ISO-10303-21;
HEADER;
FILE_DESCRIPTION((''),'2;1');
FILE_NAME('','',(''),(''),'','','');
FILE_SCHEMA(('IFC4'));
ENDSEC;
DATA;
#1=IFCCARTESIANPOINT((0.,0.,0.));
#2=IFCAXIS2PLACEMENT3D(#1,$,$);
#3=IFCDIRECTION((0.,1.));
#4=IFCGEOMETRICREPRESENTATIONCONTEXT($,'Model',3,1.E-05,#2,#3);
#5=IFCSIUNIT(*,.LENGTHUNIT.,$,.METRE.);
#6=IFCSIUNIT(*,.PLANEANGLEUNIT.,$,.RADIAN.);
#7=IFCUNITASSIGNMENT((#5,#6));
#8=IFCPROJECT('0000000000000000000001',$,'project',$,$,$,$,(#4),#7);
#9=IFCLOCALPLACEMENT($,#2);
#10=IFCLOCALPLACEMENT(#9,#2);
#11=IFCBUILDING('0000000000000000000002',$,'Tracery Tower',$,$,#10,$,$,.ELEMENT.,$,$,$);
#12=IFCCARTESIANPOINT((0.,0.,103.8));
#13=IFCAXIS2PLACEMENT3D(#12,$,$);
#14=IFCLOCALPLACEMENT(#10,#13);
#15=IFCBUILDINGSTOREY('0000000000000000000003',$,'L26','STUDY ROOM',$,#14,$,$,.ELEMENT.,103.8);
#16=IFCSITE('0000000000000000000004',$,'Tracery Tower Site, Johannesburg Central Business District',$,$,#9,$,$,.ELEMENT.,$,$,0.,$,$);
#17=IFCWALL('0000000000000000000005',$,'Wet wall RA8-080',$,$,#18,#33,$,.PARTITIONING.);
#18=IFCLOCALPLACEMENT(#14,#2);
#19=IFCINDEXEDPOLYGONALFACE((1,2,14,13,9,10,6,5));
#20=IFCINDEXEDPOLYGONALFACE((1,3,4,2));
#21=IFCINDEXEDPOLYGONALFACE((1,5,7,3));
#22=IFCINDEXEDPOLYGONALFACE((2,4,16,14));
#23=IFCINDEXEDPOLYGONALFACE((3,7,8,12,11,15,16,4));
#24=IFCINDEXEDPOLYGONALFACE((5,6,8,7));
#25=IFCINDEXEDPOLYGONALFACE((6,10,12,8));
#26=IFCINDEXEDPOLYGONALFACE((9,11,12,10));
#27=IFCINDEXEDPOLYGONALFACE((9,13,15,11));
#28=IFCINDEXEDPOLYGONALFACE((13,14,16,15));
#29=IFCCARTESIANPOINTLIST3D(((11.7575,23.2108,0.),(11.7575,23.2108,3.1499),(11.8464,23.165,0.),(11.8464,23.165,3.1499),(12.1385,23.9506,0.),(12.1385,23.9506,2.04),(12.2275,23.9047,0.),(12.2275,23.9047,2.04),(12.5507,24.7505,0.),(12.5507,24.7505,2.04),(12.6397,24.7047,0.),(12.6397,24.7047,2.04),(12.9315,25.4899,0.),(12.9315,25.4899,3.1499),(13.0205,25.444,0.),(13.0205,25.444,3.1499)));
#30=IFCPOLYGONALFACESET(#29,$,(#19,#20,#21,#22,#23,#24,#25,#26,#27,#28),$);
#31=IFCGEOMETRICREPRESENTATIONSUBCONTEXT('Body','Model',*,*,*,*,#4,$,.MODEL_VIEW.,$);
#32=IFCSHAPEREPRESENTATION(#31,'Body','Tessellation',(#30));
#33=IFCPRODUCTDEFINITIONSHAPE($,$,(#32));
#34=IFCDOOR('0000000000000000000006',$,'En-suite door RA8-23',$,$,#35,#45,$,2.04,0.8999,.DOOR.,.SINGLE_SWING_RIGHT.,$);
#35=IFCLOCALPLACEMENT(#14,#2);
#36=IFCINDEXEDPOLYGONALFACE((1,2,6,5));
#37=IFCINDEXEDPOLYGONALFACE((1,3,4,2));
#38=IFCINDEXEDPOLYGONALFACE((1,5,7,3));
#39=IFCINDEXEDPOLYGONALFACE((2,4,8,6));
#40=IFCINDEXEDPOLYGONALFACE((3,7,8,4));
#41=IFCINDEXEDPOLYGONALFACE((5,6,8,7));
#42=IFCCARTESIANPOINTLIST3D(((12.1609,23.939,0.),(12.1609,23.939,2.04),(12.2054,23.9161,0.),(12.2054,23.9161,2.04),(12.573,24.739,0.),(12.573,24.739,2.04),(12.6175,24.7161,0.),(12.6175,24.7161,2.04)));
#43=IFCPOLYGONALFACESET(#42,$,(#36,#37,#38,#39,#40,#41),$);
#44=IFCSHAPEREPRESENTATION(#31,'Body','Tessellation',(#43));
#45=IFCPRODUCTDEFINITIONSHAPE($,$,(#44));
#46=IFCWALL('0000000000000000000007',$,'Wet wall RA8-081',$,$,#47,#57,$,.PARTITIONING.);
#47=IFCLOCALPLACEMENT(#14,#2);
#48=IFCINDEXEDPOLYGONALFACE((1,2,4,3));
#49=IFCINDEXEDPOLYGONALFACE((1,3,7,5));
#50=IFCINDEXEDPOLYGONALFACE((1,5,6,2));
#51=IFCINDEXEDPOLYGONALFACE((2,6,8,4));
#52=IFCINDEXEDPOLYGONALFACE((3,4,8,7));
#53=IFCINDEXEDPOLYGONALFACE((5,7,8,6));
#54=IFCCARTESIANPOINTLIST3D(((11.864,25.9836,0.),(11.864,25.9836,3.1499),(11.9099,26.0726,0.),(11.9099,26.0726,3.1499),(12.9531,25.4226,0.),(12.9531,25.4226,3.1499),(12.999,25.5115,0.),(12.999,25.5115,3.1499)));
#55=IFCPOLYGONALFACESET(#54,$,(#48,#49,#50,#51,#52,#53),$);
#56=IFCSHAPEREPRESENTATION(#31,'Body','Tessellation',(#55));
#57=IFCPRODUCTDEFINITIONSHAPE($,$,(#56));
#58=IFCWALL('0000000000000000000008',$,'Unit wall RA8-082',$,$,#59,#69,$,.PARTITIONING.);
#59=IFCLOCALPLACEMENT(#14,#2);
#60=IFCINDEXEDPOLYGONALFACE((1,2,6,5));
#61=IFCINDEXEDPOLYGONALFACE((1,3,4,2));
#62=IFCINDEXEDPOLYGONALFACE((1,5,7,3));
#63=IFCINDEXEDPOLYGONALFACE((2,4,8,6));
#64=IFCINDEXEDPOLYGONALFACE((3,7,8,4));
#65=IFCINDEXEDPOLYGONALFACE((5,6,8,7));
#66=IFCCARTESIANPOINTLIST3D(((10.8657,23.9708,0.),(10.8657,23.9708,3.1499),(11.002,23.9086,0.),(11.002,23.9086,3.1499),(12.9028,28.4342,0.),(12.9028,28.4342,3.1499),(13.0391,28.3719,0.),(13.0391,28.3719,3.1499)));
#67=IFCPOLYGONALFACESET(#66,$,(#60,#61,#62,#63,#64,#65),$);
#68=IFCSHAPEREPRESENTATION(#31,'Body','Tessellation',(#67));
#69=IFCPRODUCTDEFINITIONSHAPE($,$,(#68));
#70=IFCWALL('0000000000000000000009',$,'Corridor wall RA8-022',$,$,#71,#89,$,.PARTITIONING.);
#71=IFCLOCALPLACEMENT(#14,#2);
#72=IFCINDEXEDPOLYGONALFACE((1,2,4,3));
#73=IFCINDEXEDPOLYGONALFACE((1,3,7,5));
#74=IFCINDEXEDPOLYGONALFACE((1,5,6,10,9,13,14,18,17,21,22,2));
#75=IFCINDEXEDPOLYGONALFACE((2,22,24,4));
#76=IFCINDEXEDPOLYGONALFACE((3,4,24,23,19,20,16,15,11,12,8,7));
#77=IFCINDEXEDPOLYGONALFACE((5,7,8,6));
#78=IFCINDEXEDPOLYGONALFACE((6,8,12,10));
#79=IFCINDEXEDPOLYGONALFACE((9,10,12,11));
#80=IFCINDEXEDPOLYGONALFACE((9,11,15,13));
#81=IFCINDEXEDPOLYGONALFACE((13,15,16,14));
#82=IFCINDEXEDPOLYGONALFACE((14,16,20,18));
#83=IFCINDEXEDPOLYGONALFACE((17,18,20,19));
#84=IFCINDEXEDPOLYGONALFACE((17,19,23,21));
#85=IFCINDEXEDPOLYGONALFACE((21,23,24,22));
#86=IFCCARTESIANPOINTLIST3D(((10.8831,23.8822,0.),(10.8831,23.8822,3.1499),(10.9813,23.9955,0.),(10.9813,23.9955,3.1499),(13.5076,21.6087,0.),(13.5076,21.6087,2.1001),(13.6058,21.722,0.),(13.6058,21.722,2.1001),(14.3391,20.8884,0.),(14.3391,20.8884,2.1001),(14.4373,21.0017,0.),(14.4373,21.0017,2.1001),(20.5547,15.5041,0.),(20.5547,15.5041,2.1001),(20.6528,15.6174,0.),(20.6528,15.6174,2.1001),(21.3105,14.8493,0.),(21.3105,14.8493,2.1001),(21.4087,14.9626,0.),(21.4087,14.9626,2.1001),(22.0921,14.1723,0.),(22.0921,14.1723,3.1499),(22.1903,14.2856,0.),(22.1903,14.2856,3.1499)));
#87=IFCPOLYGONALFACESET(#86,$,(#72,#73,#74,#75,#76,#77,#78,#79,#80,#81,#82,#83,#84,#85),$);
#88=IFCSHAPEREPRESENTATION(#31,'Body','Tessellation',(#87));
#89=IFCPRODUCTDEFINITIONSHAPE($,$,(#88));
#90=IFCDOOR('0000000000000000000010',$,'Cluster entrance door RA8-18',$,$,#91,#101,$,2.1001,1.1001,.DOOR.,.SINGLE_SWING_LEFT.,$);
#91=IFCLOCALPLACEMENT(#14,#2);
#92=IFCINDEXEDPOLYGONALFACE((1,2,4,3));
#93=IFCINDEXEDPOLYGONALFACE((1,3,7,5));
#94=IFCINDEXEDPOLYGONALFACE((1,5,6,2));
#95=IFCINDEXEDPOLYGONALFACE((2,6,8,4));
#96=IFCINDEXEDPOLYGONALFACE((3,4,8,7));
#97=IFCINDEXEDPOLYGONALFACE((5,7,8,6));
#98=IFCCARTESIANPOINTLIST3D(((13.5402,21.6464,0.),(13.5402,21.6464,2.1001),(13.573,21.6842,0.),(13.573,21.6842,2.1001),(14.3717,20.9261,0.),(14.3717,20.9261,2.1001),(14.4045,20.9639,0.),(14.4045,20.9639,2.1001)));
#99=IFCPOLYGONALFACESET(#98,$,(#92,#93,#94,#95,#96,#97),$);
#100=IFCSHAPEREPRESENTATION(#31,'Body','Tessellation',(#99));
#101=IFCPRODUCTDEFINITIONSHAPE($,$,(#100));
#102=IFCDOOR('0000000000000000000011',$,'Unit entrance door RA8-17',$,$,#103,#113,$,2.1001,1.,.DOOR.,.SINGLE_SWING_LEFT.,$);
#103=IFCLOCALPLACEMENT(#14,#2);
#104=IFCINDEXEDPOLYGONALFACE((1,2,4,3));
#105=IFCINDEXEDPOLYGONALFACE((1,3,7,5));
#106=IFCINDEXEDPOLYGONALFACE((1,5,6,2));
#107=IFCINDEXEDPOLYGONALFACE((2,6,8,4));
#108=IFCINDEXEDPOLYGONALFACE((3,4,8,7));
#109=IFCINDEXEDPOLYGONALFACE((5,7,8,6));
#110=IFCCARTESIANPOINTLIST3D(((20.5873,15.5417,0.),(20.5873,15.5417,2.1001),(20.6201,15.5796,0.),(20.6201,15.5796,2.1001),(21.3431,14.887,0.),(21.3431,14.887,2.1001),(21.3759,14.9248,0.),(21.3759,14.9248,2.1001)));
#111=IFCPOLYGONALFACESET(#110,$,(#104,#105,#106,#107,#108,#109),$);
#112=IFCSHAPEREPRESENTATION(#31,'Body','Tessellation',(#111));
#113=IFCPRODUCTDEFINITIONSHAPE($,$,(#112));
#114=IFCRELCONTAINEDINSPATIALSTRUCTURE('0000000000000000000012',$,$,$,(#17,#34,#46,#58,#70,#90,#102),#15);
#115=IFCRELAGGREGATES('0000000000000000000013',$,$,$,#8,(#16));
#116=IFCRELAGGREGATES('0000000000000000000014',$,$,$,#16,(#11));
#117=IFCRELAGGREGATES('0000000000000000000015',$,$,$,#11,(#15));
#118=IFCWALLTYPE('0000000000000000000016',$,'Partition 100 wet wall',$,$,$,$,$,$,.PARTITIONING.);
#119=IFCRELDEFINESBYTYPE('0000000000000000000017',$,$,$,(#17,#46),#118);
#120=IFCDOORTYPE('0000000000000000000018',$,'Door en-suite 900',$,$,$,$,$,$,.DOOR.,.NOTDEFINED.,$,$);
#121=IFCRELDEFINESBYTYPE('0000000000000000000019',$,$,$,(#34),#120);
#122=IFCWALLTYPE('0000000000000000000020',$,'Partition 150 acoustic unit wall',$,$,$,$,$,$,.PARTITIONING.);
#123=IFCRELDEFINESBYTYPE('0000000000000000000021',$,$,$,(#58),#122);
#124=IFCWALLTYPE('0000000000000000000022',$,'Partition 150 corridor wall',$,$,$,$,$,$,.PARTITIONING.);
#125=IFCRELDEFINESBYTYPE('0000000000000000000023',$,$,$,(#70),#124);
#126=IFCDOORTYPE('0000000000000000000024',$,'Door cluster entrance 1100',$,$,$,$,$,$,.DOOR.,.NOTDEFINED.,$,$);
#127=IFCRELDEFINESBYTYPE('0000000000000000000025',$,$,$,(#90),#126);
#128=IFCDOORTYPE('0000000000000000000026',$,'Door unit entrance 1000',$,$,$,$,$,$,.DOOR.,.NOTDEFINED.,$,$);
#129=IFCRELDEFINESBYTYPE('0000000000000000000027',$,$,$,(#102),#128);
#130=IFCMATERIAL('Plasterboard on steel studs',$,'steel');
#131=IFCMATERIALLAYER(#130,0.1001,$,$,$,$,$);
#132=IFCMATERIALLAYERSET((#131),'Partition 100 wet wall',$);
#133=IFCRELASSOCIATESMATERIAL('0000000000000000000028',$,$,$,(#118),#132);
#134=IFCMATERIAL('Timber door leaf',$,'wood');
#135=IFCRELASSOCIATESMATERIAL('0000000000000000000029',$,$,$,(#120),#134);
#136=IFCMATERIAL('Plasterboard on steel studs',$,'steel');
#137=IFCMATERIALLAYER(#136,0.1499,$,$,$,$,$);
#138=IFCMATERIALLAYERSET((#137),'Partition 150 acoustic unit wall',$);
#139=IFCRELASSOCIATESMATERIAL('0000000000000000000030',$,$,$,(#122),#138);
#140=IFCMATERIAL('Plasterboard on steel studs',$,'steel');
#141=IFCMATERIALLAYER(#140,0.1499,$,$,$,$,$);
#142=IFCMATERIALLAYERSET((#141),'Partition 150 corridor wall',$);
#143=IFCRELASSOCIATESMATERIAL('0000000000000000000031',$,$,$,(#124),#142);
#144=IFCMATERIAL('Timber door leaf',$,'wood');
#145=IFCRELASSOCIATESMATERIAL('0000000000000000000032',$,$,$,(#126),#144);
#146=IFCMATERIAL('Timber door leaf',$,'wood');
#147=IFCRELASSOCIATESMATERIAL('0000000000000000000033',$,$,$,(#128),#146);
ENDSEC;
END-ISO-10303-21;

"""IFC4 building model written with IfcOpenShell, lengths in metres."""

from ifc_helpers import new_model, si_unit, direction, frame, frame_2d, origin, place, context, subcontext, project, spatial, rectangle, extrude, material, layer, layer_set, type_object, element, fill, save


model = new_model("IFC4")

# Units and contexts
model_context = context("Model", 3, precision=1e-05, world=origin(), true_north=direction((0.0, 1.0)))
body_context = subcontext(model_context, "Body", "Model", "MODEL_VIEW")
ifc_project = project(units=[si_unit("LENGTHUNIT", "METRE"), si_unit("PLANEANGLEUNIT", "RADIAN")], contexts=[model_context])

# Site, building, storey
site_placement = place(None, origin())
site = spatial("IfcSite", under=ifc_project, at=site_placement, Name="Tracery Tower Site, Johannesburg Central Business District", CompositionType="ELEMENT", RefElevation=0.0)
building_placement = place(site_placement, origin())
building = spatial("IfcBuilding", under=site, at=building_placement, Name="Tracery Tower", CompositionType="ELEMENT")
storey_placement = place(building_placement, frame((0.0, 0.0, 103.8)))
storey = spatial("IfcBuildingStorey", under=building, at=storey_placement, Name="L26", Description="STUDY ROOM", CompositionType="ELEMENT", Elevation=103.8)

# Wall, opening, door
ifc_material_1 = material(Name="Plasterboard on steel studs", Category="steel")
ifc_layer_1 = layer(ifc_material_1, 0.1001)
ifc_layer_set_1 = layer_set([ifc_layer_1], Name="Partition 100 wet wall")
wall_type_1 = type_object("IfcWallType", Name="Partition 100 wet wall", PredefinedType="PARTITIONING", material=ifc_layer_set_1)
wall_1_placement = place(storey_placement, frame((11.802, 23.188, 0.0), z_axis=(0.0, 0.0, 1.0), x_axis=(0.457961, 0.888972, 0.0)))
wall_1 = element("IfcWall", 1, at=wall_1_placement, inside=storey, type_object=wall_type_1, Name="Wet wall RA8-080", PredefinedType="PARTITIONING", context=body_context, shape_type="SweptSolid", body=[
    extrude(rectangle(XDim=2.5637, YDim=0.1001, at=frame_2d((1.2817, 0.0))), origin(), (0.0, 0.0, 1.0), 3.1499),
])
opening_1_placement = place(wall_1_placement, frame((0.832, 0.0, 0.0)))
opening_1 = element("IfcOpeningElement", 2, at=opening_1_placement, cuts=wall_1, PredefinedType="OPENING", context=body_context, shape_type="SweptSolid", body=[
    extrude(rectangle(XDim=0.8999, YDim=2.04, at=frame_2d((0.45, 1.02))), frame((0.0, 0.05, 0.0), z_axis=(0.0, -1.0, 0.0), x_axis=(1.0, 0.0, 0.0)), (0.0, 0.0, 1.0), 0.1001),
])
ifc_material_2 = material(Name="Timber door leaf", Category="wood")
door_type_1 = type_object("IfcDoorType", Name="Door en-suite 900", OperationType="NOTDEFINED", PredefinedType="DOOR", material=ifc_material_2)
door_1_placement = place(opening_1_placement, origin())
door_1 = element("IfcDoor", 3, at=door_1_placement, inside=storey, type_object=door_type_1, Name="En-suite door RA8-23", OperationType="SINGLE_SWING_RIGHT", OverallHeight=2.04, OverallWidth=0.8999, PredefinedType="DOOR", context=body_context, shape_type="SweptSolid", body=[
    extrude(rectangle(XDim=0.8999, YDim=2.04, at=frame_2d((0.45, 1.02))), frame((0.0, 0.0249, 0.0), z_axis=(0.0, -1.0, 0.0), x_axis=(1.0, 0.0, 0.0)), (0.0, 0.0, 1.0), 0.05),
])
fill(opening_1, door_1)

# Walls
wall_2_placement = place(storey_placement, frame((11.887, 26.0281, 0.0), z_axis=(0.0, 0.0, 1.0), x_axis=(0.888982, -0.457942, 0.0)))
element("IfcWall", 4, at=wall_2_placement, inside=storey, type_object=wall_type_1, Name="Wet wall RA8-081", PredefinedType="PARTITIONING", context=body_context, shape_type="SweptSolid", body=[
    extrude(rectangle(XDim=1.2251, YDim=0.1001, at=frame_2d((0.6125, 0.0))), origin(), (0.0, 0.0, 1.0), 3.1499),
])
ifc_material_3 = material(Name="Plasterboard on steel studs", Category="steel")
ifc_layer_2 = layer(ifc_material_3, 0.1499)
ifc_layer_set_2 = layer_set([ifc_layer_2], Name="Partition 150 acoustic unit wall")
wall_type_2 = type_object("IfcWallType", Name="Partition 150 acoustic unit wall", PredefinedType="PARTITIONING", material=ifc_layer_set_2)
wall_3_placement = place(storey_placement, frame((10.9338, 23.9397, 0.0), z_axis=(0.0, 0.0, 1.0), x_axis=(0.415205, 0.909728, 0.0)))
element("IfcWall", 5, at=wall_3_placement, inside=storey, type_object=wall_type_2, Name="Unit wall RA8-082", PredefinedType="PARTITIONING", context=body_context, shape_type="SweptSolid", body=[
    extrude(rectangle(XDim=4.9062, YDim=0.1499, at=frame_2d((2.4531, 0.0))), origin(), (0.0, 0.0, 1.0), 3.1499),
])

# Wall, openings, doors
ifc_material_4 = material(Name="Plasterboard on steel studs", Category="steel")
ifc_layer_3 = layer(ifc_material_4, 0.1499)
ifc_layer_set_3 = layer_set([ifc_layer_3], Name="Partition 150 corridor wall")
wall_type_3 = type_object("IfcWallType", Name="Partition 150 corridor wall", PredefinedType="PARTITIONING", material=ifc_layer_set_3)
wall_4_placement = place(storey_placement, frame((10.9321, 23.939, 0.0), z_axis=(0.0, 0.0, 1.0), x_axis=(0.755839, -0.654758, 0.0)))
wall_4 = element("IfcWall", 6, at=wall_4_placement, inside=storey, type_object=wall_type_3, Name="Corridor wall RA8-022", PredefinedType="PARTITIONING", context=body_context, shape_type="SweptSolid", body=[
    extrude(rectangle(XDim=14.8298, YDim=0.1499, at=frame_2d((7.415, 0.0))), origin(), (0.0, 0.0, 1.0), 3.1499),
])
opening_2_placement = place(wall_4_placement, frame((12.7959, 0.0, 0.0)))
opening_2 = element("IfcOpeningElement", 7, at=opening_2_placement, cuts=wall_4, PredefinedType="OPENING", context=body_context, shape_type="SweptSolid", body=[
    extrude(rectangle(XDim=1.0, YDim=2.1001, at=frame_2d((0.5, 1.05))), frame((0.0, 0.075, 0.0), z_axis=(0.0, -1.0, 0.0), x_axis=(1.0, 0.0, 0.0)), (0.0, 0.0, 1.0), 0.1499),
])
opening_3_placement = place(wall_4_placement, frame((3.4724, 0.0, 0.0)))
opening_3 = element("IfcOpeningElement", 8, at=opening_3_placement, cuts=wall_4, PredefinedType="OPENING", context=body_context, shape_type="SweptSolid", body=[
    extrude(rectangle(XDim=1.1001, YDim=2.1001, at=frame_2d((0.55, 1.05))), frame((0.0, 0.075, 0.0), z_axis=(0.0, -1.0, 0.0), x_axis=(1.0, 0.0, 0.0)), (0.0, 0.0, 1.0), 0.1499),
])
ifc_material_5 = material(Name="Timber door leaf", Category="wood")
door_type_2 = type_object("IfcDoorType", Name="Door cluster entrance 1100", OperationType="NOTDEFINED", PredefinedType="DOOR", material=ifc_material_5)
door_2_placement = place(opening_3_placement, origin())
door_2 = element("IfcDoor", 9, at=door_2_placement, inside=storey, type_object=door_type_2, Name="Cluster entrance door RA8-18", OperationType="SINGLE_SWING_LEFT", OverallHeight=2.1001, OverallWidth=1.1001, PredefinedType="DOOR", context=body_context, shape_type="SweptSolid", body=[
    extrude(rectangle(XDim=1.1001, YDim=2.1001, at=frame_2d((0.55, 1.05))), frame((0.0, 0.0249, 0.0), z_axis=(0.0, -1.0, 0.0), x_axis=(1.0, 0.0, 0.0)), (0.0, 0.0, 1.0), 0.05),
])
fill(opening_3, door_2)
ifc_material_6 = material(Name="Timber door leaf", Category="wood")
door_type_3 = type_object("IfcDoorType", Name="Door unit entrance 1000", OperationType="NOTDEFINED", PredefinedType="DOOR", material=ifc_material_6)
door_3_placement = place(opening_2_placement, origin())
door_3 = element("IfcDoor", 10, at=door_3_placement, inside=storey, type_object=door_type_3, Name="Unit entrance door RA8-17", OperationType="SINGLE_SWING_LEFT", OverallHeight=2.1001, OverallWidth=1.0, PredefinedType="DOOR", context=body_context, shape_type="SweptSolid", body=[
    extrude(rectangle(XDim=1.0, YDim=2.1001, at=frame_2d((0.5, 1.05))), frame((0.0, 0.0249, 0.0), z_axis=(0.0, -1.0, 0.0), x_axis=(1.0, 0.0, 0.0)), (0.0, 0.0, 1.0), 0.05),
])
fill(opening_2, door_3)

save(model, "model.ifc")
